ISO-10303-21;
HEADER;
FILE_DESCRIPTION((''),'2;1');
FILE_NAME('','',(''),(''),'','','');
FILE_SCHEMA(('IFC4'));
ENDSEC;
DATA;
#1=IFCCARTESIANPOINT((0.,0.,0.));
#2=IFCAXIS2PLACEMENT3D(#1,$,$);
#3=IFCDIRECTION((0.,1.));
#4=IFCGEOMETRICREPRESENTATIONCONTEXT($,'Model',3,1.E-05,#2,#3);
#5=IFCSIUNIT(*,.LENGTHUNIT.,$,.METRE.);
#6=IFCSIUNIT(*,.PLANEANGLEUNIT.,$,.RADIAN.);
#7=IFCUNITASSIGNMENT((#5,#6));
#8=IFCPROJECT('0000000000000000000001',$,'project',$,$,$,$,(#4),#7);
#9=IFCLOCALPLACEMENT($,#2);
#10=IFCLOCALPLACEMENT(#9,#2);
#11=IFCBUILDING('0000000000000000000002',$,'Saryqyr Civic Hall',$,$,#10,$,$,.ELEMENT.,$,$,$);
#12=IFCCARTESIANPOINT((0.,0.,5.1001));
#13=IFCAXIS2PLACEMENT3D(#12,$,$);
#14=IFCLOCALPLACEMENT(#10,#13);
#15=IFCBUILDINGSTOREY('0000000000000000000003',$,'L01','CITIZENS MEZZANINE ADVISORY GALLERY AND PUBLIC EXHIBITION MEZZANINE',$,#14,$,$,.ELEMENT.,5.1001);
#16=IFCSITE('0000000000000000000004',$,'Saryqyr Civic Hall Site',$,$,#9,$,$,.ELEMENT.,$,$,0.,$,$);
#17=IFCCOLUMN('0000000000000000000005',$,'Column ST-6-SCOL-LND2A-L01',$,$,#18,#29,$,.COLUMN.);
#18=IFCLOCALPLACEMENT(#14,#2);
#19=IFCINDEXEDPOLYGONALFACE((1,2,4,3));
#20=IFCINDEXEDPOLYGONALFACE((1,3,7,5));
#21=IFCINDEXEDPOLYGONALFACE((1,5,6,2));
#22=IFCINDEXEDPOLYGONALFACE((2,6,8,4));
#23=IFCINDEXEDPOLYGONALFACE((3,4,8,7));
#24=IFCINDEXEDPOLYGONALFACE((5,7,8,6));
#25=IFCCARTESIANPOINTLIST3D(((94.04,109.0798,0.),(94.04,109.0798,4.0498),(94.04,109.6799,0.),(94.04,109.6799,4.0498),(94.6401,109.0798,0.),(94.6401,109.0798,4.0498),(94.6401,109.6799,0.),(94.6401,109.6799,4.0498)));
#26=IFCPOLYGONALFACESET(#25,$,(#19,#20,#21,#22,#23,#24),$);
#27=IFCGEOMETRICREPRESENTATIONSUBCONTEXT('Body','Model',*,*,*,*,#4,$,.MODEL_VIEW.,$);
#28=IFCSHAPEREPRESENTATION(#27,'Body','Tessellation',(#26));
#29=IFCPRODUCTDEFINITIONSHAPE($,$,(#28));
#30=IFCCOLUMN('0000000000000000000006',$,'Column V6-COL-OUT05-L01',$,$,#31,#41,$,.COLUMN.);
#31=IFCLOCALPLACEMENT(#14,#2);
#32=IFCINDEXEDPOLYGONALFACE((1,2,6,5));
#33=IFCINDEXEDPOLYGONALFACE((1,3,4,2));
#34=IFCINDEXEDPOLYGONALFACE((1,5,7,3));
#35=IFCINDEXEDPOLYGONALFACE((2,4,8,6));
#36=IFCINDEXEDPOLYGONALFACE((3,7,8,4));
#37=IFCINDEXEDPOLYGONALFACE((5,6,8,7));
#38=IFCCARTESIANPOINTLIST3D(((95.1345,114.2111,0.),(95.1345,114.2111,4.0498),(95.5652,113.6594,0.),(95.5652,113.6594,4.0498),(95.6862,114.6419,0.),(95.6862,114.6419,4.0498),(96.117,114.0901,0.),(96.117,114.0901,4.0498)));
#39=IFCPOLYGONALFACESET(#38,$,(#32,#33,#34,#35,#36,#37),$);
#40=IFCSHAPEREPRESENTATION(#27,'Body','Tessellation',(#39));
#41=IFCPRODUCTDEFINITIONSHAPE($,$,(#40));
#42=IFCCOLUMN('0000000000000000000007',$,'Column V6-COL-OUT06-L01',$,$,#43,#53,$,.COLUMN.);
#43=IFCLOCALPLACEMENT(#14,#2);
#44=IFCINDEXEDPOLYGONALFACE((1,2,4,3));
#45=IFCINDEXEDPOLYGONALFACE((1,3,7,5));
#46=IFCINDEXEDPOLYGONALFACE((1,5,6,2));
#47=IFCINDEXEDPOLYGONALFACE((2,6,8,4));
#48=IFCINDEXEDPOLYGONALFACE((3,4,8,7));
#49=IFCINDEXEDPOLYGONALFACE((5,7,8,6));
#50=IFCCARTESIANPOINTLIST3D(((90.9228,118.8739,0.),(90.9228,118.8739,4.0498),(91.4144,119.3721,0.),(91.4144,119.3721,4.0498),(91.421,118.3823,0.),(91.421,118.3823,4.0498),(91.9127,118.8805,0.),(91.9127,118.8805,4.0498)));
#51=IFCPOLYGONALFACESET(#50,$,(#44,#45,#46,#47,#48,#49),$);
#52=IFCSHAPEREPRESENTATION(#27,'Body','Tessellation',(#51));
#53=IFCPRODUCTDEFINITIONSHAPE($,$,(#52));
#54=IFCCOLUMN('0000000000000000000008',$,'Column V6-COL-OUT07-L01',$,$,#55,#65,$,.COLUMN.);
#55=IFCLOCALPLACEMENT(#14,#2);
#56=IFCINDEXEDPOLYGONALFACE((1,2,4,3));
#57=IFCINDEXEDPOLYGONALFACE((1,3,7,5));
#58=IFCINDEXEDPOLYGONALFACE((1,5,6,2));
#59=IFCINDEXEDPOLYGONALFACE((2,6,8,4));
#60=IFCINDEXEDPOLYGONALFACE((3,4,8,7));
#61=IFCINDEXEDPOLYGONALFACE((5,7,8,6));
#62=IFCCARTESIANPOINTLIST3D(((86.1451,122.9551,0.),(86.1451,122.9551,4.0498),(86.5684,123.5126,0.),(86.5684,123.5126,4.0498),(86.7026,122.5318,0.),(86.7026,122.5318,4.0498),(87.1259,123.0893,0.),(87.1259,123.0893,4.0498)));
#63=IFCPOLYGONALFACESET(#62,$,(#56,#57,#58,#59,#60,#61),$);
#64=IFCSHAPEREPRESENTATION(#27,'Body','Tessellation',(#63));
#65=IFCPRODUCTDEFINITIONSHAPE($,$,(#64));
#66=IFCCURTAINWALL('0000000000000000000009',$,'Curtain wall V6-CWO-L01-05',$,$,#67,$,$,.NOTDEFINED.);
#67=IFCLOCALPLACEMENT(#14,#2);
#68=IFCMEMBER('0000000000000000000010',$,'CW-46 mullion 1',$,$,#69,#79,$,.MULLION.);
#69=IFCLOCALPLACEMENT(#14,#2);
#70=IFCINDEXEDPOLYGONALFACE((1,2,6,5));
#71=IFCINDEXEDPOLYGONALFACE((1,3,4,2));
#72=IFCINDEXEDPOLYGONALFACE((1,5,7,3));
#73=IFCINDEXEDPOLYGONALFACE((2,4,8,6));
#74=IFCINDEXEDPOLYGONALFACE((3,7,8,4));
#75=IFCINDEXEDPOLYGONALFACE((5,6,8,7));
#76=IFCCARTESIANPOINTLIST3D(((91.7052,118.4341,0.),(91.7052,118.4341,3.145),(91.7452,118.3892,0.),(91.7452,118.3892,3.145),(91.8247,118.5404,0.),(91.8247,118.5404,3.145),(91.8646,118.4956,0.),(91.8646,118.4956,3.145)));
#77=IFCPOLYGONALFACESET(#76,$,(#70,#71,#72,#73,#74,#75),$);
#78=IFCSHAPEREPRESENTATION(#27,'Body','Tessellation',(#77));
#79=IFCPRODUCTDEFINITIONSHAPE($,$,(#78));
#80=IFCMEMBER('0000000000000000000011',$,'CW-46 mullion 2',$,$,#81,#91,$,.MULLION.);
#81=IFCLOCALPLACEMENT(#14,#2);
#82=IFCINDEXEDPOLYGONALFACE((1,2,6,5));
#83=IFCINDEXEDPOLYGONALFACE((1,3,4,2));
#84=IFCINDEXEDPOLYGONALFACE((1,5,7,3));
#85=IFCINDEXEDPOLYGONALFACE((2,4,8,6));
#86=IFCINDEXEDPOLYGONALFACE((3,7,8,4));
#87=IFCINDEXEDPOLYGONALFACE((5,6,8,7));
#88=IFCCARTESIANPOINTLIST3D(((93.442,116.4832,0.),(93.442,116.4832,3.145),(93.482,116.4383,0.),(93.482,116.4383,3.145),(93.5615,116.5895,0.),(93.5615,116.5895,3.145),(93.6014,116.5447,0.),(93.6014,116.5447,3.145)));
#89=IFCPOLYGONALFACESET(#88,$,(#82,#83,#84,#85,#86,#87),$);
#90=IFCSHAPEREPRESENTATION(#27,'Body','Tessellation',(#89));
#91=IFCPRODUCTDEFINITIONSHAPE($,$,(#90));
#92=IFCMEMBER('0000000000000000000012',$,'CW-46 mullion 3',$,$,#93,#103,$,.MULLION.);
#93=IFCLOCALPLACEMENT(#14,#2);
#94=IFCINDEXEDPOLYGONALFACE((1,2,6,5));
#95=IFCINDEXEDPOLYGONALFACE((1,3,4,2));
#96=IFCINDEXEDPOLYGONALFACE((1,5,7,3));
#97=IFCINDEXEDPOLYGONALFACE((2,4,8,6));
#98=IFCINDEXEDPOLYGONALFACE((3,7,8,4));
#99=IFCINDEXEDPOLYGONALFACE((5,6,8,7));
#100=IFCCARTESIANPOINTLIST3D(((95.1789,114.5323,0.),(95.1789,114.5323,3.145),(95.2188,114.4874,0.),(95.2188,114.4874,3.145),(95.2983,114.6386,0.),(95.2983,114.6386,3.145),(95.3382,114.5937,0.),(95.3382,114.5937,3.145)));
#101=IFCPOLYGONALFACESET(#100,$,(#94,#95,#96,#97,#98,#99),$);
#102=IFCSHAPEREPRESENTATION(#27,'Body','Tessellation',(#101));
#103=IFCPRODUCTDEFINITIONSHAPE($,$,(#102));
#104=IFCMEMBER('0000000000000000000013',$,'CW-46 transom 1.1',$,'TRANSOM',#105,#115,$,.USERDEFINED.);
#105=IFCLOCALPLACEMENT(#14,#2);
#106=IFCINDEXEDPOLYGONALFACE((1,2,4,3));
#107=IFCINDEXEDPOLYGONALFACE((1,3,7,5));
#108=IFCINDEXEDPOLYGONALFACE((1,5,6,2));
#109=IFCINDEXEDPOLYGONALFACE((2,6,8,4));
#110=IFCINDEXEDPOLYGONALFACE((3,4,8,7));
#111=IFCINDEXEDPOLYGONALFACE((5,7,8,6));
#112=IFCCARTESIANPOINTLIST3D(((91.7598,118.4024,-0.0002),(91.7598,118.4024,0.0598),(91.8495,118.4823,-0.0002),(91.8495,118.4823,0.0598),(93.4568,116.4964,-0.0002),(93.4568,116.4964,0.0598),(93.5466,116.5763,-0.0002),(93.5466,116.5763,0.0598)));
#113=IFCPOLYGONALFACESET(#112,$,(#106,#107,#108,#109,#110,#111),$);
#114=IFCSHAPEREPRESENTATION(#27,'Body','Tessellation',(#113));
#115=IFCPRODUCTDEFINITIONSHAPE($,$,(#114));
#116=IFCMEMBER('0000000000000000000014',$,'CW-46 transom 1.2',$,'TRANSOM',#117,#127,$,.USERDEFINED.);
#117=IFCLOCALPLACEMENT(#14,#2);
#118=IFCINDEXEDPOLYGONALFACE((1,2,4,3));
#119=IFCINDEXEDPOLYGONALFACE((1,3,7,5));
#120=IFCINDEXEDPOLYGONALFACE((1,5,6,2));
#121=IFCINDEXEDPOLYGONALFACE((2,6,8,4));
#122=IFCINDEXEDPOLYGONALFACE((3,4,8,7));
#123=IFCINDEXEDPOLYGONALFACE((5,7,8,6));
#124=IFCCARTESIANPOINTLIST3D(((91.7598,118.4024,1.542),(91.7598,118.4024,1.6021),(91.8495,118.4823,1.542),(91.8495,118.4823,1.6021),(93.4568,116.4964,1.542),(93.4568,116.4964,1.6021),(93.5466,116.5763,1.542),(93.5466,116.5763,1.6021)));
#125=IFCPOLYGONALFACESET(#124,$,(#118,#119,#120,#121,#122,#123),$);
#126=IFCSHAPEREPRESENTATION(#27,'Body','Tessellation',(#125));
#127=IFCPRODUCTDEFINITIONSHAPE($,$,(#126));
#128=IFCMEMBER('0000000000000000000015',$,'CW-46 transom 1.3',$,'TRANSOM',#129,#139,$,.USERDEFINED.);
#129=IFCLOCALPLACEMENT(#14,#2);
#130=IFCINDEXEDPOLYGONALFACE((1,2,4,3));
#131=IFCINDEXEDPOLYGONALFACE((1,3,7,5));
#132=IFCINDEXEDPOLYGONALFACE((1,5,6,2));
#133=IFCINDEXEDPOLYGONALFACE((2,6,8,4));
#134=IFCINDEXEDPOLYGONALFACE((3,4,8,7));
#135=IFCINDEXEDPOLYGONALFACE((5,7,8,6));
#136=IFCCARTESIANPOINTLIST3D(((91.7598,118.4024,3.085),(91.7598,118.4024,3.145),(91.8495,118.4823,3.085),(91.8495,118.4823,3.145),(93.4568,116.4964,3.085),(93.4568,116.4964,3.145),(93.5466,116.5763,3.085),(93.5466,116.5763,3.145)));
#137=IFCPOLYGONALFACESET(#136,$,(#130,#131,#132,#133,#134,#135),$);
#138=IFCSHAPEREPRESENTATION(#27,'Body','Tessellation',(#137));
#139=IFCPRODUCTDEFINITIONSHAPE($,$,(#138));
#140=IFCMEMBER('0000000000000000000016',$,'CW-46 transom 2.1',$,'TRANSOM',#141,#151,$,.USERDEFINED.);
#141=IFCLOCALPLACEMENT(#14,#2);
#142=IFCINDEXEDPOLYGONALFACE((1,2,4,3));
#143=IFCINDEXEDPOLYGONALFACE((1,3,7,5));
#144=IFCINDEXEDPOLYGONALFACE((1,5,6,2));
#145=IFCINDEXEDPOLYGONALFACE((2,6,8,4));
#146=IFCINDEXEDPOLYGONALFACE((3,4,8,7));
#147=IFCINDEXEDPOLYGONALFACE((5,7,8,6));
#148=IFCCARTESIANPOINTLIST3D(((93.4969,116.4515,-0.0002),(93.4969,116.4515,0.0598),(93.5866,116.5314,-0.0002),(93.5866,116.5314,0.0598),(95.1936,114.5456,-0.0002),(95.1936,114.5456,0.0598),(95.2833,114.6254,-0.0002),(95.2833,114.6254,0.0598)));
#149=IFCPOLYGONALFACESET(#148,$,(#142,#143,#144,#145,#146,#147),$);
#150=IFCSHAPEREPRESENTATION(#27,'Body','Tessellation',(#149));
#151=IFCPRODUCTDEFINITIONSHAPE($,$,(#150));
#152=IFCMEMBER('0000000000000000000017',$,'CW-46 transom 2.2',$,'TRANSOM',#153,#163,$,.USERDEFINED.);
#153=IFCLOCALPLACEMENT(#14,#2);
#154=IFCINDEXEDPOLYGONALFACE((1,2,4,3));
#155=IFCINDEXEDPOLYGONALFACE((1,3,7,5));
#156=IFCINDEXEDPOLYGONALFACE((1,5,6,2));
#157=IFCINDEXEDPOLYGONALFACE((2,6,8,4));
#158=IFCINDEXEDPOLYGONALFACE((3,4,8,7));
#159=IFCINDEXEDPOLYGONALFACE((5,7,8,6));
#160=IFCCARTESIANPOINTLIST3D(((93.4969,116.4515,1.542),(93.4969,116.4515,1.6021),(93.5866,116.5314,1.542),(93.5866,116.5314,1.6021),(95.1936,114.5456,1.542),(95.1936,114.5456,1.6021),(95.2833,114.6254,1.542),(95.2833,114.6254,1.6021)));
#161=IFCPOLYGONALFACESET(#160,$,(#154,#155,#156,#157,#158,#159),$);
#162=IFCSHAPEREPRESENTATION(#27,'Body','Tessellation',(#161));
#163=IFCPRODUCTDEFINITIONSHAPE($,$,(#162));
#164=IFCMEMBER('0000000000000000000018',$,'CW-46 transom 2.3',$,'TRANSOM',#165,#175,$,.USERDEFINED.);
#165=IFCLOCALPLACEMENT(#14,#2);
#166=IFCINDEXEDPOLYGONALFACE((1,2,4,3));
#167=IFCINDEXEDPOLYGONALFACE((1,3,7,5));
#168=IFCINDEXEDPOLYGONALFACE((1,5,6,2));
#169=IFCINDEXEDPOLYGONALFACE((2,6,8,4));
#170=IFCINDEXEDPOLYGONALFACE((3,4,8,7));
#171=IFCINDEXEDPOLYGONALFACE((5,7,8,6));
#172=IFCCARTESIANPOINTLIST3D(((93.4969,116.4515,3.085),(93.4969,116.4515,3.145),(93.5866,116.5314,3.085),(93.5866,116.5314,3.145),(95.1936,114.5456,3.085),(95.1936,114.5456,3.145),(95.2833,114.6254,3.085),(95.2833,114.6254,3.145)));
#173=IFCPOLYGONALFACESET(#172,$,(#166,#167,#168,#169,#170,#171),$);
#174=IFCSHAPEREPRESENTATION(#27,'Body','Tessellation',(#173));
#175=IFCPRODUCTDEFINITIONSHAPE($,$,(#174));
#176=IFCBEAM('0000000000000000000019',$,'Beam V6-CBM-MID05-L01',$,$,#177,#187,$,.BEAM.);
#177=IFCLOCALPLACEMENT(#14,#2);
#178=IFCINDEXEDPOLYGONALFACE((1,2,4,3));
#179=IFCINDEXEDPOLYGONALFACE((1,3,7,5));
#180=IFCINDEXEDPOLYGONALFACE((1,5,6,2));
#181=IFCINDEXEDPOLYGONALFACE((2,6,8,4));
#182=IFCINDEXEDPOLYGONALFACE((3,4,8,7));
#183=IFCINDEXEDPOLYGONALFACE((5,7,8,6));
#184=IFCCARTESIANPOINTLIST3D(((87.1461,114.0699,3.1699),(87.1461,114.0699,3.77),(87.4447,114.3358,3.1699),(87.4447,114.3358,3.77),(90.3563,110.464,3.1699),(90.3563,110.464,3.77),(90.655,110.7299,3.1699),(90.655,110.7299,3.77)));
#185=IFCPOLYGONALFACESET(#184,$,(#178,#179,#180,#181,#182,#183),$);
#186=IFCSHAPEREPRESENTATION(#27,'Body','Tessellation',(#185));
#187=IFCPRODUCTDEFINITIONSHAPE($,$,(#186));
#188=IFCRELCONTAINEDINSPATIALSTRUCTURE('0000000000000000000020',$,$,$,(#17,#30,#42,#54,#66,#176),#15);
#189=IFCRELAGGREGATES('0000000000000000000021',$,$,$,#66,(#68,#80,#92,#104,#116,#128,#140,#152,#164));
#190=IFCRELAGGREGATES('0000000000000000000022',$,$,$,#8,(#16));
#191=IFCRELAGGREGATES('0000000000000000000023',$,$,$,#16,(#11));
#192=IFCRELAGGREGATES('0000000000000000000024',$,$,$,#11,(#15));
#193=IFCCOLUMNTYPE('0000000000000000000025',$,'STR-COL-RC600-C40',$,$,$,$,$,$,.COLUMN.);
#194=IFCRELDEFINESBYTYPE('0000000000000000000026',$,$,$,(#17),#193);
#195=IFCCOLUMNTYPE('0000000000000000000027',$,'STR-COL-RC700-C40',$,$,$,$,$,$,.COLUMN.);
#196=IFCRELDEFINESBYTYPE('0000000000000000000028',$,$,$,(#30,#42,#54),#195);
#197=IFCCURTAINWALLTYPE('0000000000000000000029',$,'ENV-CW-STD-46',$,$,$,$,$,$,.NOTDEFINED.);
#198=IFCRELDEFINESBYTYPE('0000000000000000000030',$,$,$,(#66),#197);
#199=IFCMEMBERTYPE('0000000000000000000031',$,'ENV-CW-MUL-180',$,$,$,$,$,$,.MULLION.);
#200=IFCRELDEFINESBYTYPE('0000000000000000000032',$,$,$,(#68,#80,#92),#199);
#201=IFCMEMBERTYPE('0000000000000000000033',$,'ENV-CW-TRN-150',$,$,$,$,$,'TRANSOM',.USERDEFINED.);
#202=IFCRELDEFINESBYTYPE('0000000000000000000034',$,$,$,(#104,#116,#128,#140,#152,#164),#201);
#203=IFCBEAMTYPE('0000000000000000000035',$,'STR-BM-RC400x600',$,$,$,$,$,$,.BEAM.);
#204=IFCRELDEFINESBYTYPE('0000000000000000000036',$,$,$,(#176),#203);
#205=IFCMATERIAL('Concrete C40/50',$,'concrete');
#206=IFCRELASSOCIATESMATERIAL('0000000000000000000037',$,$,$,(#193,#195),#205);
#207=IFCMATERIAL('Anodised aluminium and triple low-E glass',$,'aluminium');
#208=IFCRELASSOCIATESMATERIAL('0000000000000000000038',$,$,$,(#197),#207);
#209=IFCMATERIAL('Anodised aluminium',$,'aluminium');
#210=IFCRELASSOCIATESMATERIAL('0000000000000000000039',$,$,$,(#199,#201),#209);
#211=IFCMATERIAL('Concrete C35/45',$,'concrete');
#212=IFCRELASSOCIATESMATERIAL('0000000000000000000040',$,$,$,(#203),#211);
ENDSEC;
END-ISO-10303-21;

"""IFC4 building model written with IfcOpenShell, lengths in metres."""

from ifc_helpers import new_model, si_unit, direction, frame, origin, origin_2d, place, context, subcontext, project, spatial, rectangle, extrude, material, material_profile, profile_set, type_object, element, aggregate, save


model = new_model("IFC4")

# Units and contexts
model_context = context("Model", 3, precision=1e-05, world=origin(), true_north=direction((0.0, 1.0)))
body_context = subcontext(model_context, "Body", "Model", "MODEL_VIEW")
ifc_project = project(units=[si_unit("LENGTHUNIT", "METRE"), si_unit("PLANEANGLEUNIT", "RADIAN")], contexts=[model_context])

# Site, building, storey
site_placement = place(None, origin())
site = spatial("IfcSite", under=ifc_project, at=site_placement, Name="Saryqyr Civic Hall Site", CompositionType="ELEMENT", RefElevation=0.0)
building_placement = place(site_placement, origin())
building = spatial("IfcBuilding", under=site, at=building_placement, Name="Saryqyr Civic Hall", CompositionType="ELEMENT")
storey_placement = place(building_placement, frame((0.0, 0.0, 5.1001)))
storey = spatial("IfcBuildingStorey", under=building, at=storey_placement, Name="L01", Description="CITIZENS MEZZANINE ADVISORY GALLERY AND PUBLIC EXHIBITION MEZZANINE", CompositionType="ELEMENT", Elevation=5.1001)

# Columns
ifc_material_1 = material(Name="Concrete C40/50", Category="concrete")
ifc_material_profile_1 = material_profile(ifc_material_1, rectangle(XDim=0.6001, YDim=0.6001, at=origin_2d()), Name="RC 600x600")
ifc_profile_set_1 = profile_set([ifc_material_profile_1], Name="Concrete C40/50")
column_type_1 = type_object("IfcColumnType", Name="STR-COL-RC600-C40", PredefinedType="COLUMN", material=ifc_profile_set_1)
column_placement = place(storey_placement, frame((94.3401, 109.3799, 0.0), z_axis=(0.0, 0.0, 1.0), x_axis=(1.0, 0.0, 0.0)))
element("IfcColumn", 1, at=column_placement, inside=storey, type_object=column_type_1, Name="Column ST-6-SCOL-LND2A-L01", PredefinedType="COLUMN", context=body_context, shape_type="SweptSolid", body=[
    extrude(rectangle(XDim=0.6001, YDim=0.6001, at=origin_2d()), origin(), (0.0, 0.0, 1.0), 4.0498),
])
ifc_material_profile_2 = material_profile(ifc_material_1, rectangle(XDim=0.7, YDim=0.7, at=origin_2d()), Name="RC 700x700")
ifc_profile_set_2 = profile_set([ifc_material_profile_2], Name="Concrete C40/50")
column_type_2 = type_object("IfcColumnType", Name="STR-COL-RC700-C40", PredefinedType="COLUMN", material=ifc_profile_set_2)
for number, where, z_axis, x_axis, name in (
    (2, (95.6257, 114.1506, 0.0), (0.0, 0.0, 1.0), (0.788226, 0.615386, 0.0), "Column V6-COL-OUT05-L01"),
    (3, (91.4177, 118.8772, 0.0), (0.0, 0.0, 1.0), (0.702402, 0.711781, 0.0), "Column V6-COL-OUT06-L01"),
    (4, (86.6355, 123.0222, 0.0), (0.0, 0.0, 1.0), (0.604738, 0.796424, 0.0), "Column V6-COL-OUT07-L01"),
):
    element("IfcColumn", number, at=place(storey_placement, frame(where, z_axis=z_axis, x_axis=x_axis)), inside=storey, type_object=column_type_2, Name=name, PredefinedType="COLUMN", context=body_context, shape_type="SweptSolid", body=[
        extrude(rectangle(XDim=0.7, YDim=0.7, at=origin_2d()), origin(), (0.0, 0.0, 1.0), 4.0498),
    ])

# Curtain wall, members
ifc_material_2 = material(Name="Anodised aluminium and triple low-E glass", Category="aluminium")
curtain_wall_type = type_object("IfcCurtainWallType", Name="ENV-CW-STD-46", PredefinedType="NOTDEFINED", material=ifc_material_2)
curtain_wall_placement = place(storey_placement, origin())
curtain_wall = element("IfcCurtainWall", 5, at=curtain_wall_placement, inside=storey, type_object=curtain_wall_type, Name="Curtain wall V6-CWO-L01-05", PredefinedType="NOTDEFINED")
ifc_material_3 = material(Name="Anodised aluminium", Category="aluminium")
ifc_material_profile_3 = material_profile(ifc_material_3, rectangle(XDim=0.0601, YDim=0.1599, at=origin_2d()), Name="ALU MULLION 60x160")
ifc_profile_set_3 = profile_set([ifc_material_profile_3], Name="Anodised aluminium")
member_type_1 = type_object("IfcMemberType", Name="ENV-CW-MUL-180", PredefinedType="MULLION", material=ifc_profile_set_3)
member_1_placement = place(storey_placement, frame((91.7849, 118.4648, 0.0), z_axis=(0.0, 0.0, 1.0), x_axis=(0.664937, -0.7469, 0.0)))
member_1 = element("IfcMember", 6, at=member_1_placement, type_object=member_type_1, Name="CW-46 mullion 1", PredefinedType="MULLION", context=body_context, shape_type="SweptSolid", body=[
    extrude(rectangle(XDim=0.0601, YDim=0.1599, at=origin_2d()), origin(), (0.0, 0.0, 1.0), 3.145),
])
member_2_placement = place(storey_placement, frame((93.5217, 116.5139, 0.0), z_axis=(0.0, 0.0, 1.0), x_axis=(0.664937, -0.7469, 0.0)))
member_2 = element("IfcMember", 7, at=member_2_placement, type_object=member_type_1, Name="CW-46 mullion 2", PredefinedType="MULLION", context=body_context, shape_type="SweptSolid", body=[
    extrude(rectangle(XDim=0.0601, YDim=0.1599, at=origin_2d()), origin(), (0.0, 0.0, 1.0), 3.145),
])
member_3_placement = place(storey_placement, frame((95.2585, 114.563, 0.0), z_axis=(0.0, 0.0, 1.0), x_axis=(0.664937, -0.7469, 0.0)))
member_3 = element("IfcMember", 8, at=member_3_placement, type_object=member_type_1, Name="CW-46 mullion 3", PredefinedType="MULLION", context=body_context, shape_type="SweptSolid", body=[
    extrude(rectangle(XDim=0.0601, YDim=0.1599, at=origin_2d()), origin(), (0.0, 0.0, 1.0), 3.145),
])
ifc_material_profile_4 = material_profile(ifc_material_3, rectangle(XDim=0.1201, YDim=0.0601, at=origin_2d()), Name="ALU TRANSOM 120x60")
ifc_profile_set_4 = profile_set([ifc_material_profile_4], Name="Anodised aluminium")
member_type_2 = type_object("IfcMemberType", Name="ENV-CW-TRN-150", ElementType="TRANSOM", PredefinedType="USERDEFINED", material=ifc_profile_set_4)
member_4_placement = place(storey_placement, frame((91.8047, 118.4424, 0.0298), z_axis=(0.664975, -0.746865, 0.0), x_axis=(0.746865, 0.664975, 0.0)))
member_4 = element("IfcMember", 9, at=member_4_placement, type_object=member_type_2, Name="CW-46 transom 1.1", ObjectType="TRANSOM", PredefinedType="USERDEFINED", context=body_context, shape_type="SweptSolid", body=[
    extrude(rectangle(XDim=0.1201, YDim=0.0601, at=origin_2d()), origin(), (0.0, 0.0, 1.0), 2.552),
])
member_5_placement = place(storey_placement, frame((91.8047, 118.4424, 1.572), z_axis=(0.664975, -0.746865, 0.0), x_axis=(0.746865, 0.664975, 0.0)))
member_5 = element("IfcMember", 10, at=member_5_placement, type_object=member_type_2, Name="CW-46 transom 1.2", ObjectType="TRANSOM", PredefinedType="USERDEFINED", context=body_context, shape_type="SweptSolid", body=[
    extrude(rectangle(XDim=0.1201, YDim=0.0601, at=origin_2d()), origin(), (0.0, 0.0, 1.0), 2.552),
])
member_6_placement = place(storey_placement, frame((91.8047, 118.4424, 3.115), z_axis=(0.664975, -0.746865, 0.0), x_axis=(0.746865, 0.664975, 0.0)))
member_6 = element("IfcMember", 11, at=member_6_placement, type_object=member_type_2, Name="CW-46 transom 1.3", ObjectType="TRANSOM", PredefinedType="USERDEFINED", context=body_context, shape_type="SweptSolid", body=[
    extrude(rectangle(XDim=0.1201, YDim=0.0601, at=origin_2d()), origin(), (0.0, 0.0, 1.0), 2.552),
])
member_7_placement = place(storey_placement, frame((93.5417, 116.4915, 0.0298), z_axis=(0.664922, -0.746913, 0.0), x_axis=(0.746913, 0.664922, 0.0)))
member_7 = element("IfcMember", 12, at=member_7_placement, type_object=member_type_2, Name="CW-46 transom 2.1", ObjectType="TRANSOM", PredefinedType="USERDEFINED", context=body_context, shape_type="SweptSolid", body=[
    extrude(rectangle(XDim=0.1201, YDim=0.0601, at=origin_2d()), origin(), (0.0, 0.0, 1.0), 2.5518),
])
member_8_placement = place(storey_placement, frame((93.5417, 116.4915, 1.572), z_axis=(0.664922, -0.746913, 0.0), x_axis=(0.746913, 0.664922, 0.0)))
member_8 = element("IfcMember", 13, at=member_8_placement, type_object=member_type_2, Name="CW-46 transom 2.2", ObjectType="TRANSOM", PredefinedType="USERDEFINED", context=body_context, shape_type="SweptSolid", body=[
    extrude(rectangle(XDim=0.1201, YDim=0.0601, at=origin_2d()), origin(), (0.0, 0.0, 1.0), 2.5518),
])
member_9_placement = place(storey_placement, frame((93.5417, 116.4915, 3.115), z_axis=(0.664922, -0.746913, 0.0), x_axis=(0.746913, 0.664922, 0.0)))
member_9 = element("IfcMember", 14, at=member_9_placement, type_object=member_type_2, Name="CW-46 transom 2.3", ObjectType="TRANSOM", PredefinedType="USERDEFINED", context=body_context, shape_type="SweptSolid", body=[
    extrude(rectangle(XDim=0.1201, YDim=0.0601, at=origin_2d()), origin(), (0.0, 0.0, 1.0), 2.5518),
])

# Beam
ifc_material_4 = material(Name="Concrete C35/45", Category="concrete")
ifc_material_profile_5 = material_profile(ifc_material_4, rectangle(XDim=0.3999, YDim=0.6001, at=origin_2d()), Name="RC 400x600")
ifc_profile_set_5 = profile_set([ifc_material_profile_5], Name="Concrete C35/45")
beam_type_1 = type_object("IfcBeamType", Name="STR-BM-RC400x600", PredefinedType="BEAM", material=ifc_profile_set_5)
beam_1_placement = place(storey_placement, frame((90.5056, 110.5969, 3.47), z_axis=(-0.664932, 0.746904, 0.0), x_axis=(-0.746904, -0.664932, 0.0)))
element("IfcBeam", 15, at=beam_1_placement, inside=storey, type_object=beam_type_1, Name="Beam V6-CBM-MID05-L01", PredefinedType="BEAM", context=body_context, shape_type="SweptSolid", body=[
    extrude(rectangle(XDim=0.3999, YDim=0.6001, at=origin_2d()), origin(), (0.0, 0.0, 1.0), 4.8279),
])

aggregate(curtain_wall, [member_1, member_2, member_3, member_4, member_5, member_6, member_7, member_8, member_9])

save(model, "model.ifc")
